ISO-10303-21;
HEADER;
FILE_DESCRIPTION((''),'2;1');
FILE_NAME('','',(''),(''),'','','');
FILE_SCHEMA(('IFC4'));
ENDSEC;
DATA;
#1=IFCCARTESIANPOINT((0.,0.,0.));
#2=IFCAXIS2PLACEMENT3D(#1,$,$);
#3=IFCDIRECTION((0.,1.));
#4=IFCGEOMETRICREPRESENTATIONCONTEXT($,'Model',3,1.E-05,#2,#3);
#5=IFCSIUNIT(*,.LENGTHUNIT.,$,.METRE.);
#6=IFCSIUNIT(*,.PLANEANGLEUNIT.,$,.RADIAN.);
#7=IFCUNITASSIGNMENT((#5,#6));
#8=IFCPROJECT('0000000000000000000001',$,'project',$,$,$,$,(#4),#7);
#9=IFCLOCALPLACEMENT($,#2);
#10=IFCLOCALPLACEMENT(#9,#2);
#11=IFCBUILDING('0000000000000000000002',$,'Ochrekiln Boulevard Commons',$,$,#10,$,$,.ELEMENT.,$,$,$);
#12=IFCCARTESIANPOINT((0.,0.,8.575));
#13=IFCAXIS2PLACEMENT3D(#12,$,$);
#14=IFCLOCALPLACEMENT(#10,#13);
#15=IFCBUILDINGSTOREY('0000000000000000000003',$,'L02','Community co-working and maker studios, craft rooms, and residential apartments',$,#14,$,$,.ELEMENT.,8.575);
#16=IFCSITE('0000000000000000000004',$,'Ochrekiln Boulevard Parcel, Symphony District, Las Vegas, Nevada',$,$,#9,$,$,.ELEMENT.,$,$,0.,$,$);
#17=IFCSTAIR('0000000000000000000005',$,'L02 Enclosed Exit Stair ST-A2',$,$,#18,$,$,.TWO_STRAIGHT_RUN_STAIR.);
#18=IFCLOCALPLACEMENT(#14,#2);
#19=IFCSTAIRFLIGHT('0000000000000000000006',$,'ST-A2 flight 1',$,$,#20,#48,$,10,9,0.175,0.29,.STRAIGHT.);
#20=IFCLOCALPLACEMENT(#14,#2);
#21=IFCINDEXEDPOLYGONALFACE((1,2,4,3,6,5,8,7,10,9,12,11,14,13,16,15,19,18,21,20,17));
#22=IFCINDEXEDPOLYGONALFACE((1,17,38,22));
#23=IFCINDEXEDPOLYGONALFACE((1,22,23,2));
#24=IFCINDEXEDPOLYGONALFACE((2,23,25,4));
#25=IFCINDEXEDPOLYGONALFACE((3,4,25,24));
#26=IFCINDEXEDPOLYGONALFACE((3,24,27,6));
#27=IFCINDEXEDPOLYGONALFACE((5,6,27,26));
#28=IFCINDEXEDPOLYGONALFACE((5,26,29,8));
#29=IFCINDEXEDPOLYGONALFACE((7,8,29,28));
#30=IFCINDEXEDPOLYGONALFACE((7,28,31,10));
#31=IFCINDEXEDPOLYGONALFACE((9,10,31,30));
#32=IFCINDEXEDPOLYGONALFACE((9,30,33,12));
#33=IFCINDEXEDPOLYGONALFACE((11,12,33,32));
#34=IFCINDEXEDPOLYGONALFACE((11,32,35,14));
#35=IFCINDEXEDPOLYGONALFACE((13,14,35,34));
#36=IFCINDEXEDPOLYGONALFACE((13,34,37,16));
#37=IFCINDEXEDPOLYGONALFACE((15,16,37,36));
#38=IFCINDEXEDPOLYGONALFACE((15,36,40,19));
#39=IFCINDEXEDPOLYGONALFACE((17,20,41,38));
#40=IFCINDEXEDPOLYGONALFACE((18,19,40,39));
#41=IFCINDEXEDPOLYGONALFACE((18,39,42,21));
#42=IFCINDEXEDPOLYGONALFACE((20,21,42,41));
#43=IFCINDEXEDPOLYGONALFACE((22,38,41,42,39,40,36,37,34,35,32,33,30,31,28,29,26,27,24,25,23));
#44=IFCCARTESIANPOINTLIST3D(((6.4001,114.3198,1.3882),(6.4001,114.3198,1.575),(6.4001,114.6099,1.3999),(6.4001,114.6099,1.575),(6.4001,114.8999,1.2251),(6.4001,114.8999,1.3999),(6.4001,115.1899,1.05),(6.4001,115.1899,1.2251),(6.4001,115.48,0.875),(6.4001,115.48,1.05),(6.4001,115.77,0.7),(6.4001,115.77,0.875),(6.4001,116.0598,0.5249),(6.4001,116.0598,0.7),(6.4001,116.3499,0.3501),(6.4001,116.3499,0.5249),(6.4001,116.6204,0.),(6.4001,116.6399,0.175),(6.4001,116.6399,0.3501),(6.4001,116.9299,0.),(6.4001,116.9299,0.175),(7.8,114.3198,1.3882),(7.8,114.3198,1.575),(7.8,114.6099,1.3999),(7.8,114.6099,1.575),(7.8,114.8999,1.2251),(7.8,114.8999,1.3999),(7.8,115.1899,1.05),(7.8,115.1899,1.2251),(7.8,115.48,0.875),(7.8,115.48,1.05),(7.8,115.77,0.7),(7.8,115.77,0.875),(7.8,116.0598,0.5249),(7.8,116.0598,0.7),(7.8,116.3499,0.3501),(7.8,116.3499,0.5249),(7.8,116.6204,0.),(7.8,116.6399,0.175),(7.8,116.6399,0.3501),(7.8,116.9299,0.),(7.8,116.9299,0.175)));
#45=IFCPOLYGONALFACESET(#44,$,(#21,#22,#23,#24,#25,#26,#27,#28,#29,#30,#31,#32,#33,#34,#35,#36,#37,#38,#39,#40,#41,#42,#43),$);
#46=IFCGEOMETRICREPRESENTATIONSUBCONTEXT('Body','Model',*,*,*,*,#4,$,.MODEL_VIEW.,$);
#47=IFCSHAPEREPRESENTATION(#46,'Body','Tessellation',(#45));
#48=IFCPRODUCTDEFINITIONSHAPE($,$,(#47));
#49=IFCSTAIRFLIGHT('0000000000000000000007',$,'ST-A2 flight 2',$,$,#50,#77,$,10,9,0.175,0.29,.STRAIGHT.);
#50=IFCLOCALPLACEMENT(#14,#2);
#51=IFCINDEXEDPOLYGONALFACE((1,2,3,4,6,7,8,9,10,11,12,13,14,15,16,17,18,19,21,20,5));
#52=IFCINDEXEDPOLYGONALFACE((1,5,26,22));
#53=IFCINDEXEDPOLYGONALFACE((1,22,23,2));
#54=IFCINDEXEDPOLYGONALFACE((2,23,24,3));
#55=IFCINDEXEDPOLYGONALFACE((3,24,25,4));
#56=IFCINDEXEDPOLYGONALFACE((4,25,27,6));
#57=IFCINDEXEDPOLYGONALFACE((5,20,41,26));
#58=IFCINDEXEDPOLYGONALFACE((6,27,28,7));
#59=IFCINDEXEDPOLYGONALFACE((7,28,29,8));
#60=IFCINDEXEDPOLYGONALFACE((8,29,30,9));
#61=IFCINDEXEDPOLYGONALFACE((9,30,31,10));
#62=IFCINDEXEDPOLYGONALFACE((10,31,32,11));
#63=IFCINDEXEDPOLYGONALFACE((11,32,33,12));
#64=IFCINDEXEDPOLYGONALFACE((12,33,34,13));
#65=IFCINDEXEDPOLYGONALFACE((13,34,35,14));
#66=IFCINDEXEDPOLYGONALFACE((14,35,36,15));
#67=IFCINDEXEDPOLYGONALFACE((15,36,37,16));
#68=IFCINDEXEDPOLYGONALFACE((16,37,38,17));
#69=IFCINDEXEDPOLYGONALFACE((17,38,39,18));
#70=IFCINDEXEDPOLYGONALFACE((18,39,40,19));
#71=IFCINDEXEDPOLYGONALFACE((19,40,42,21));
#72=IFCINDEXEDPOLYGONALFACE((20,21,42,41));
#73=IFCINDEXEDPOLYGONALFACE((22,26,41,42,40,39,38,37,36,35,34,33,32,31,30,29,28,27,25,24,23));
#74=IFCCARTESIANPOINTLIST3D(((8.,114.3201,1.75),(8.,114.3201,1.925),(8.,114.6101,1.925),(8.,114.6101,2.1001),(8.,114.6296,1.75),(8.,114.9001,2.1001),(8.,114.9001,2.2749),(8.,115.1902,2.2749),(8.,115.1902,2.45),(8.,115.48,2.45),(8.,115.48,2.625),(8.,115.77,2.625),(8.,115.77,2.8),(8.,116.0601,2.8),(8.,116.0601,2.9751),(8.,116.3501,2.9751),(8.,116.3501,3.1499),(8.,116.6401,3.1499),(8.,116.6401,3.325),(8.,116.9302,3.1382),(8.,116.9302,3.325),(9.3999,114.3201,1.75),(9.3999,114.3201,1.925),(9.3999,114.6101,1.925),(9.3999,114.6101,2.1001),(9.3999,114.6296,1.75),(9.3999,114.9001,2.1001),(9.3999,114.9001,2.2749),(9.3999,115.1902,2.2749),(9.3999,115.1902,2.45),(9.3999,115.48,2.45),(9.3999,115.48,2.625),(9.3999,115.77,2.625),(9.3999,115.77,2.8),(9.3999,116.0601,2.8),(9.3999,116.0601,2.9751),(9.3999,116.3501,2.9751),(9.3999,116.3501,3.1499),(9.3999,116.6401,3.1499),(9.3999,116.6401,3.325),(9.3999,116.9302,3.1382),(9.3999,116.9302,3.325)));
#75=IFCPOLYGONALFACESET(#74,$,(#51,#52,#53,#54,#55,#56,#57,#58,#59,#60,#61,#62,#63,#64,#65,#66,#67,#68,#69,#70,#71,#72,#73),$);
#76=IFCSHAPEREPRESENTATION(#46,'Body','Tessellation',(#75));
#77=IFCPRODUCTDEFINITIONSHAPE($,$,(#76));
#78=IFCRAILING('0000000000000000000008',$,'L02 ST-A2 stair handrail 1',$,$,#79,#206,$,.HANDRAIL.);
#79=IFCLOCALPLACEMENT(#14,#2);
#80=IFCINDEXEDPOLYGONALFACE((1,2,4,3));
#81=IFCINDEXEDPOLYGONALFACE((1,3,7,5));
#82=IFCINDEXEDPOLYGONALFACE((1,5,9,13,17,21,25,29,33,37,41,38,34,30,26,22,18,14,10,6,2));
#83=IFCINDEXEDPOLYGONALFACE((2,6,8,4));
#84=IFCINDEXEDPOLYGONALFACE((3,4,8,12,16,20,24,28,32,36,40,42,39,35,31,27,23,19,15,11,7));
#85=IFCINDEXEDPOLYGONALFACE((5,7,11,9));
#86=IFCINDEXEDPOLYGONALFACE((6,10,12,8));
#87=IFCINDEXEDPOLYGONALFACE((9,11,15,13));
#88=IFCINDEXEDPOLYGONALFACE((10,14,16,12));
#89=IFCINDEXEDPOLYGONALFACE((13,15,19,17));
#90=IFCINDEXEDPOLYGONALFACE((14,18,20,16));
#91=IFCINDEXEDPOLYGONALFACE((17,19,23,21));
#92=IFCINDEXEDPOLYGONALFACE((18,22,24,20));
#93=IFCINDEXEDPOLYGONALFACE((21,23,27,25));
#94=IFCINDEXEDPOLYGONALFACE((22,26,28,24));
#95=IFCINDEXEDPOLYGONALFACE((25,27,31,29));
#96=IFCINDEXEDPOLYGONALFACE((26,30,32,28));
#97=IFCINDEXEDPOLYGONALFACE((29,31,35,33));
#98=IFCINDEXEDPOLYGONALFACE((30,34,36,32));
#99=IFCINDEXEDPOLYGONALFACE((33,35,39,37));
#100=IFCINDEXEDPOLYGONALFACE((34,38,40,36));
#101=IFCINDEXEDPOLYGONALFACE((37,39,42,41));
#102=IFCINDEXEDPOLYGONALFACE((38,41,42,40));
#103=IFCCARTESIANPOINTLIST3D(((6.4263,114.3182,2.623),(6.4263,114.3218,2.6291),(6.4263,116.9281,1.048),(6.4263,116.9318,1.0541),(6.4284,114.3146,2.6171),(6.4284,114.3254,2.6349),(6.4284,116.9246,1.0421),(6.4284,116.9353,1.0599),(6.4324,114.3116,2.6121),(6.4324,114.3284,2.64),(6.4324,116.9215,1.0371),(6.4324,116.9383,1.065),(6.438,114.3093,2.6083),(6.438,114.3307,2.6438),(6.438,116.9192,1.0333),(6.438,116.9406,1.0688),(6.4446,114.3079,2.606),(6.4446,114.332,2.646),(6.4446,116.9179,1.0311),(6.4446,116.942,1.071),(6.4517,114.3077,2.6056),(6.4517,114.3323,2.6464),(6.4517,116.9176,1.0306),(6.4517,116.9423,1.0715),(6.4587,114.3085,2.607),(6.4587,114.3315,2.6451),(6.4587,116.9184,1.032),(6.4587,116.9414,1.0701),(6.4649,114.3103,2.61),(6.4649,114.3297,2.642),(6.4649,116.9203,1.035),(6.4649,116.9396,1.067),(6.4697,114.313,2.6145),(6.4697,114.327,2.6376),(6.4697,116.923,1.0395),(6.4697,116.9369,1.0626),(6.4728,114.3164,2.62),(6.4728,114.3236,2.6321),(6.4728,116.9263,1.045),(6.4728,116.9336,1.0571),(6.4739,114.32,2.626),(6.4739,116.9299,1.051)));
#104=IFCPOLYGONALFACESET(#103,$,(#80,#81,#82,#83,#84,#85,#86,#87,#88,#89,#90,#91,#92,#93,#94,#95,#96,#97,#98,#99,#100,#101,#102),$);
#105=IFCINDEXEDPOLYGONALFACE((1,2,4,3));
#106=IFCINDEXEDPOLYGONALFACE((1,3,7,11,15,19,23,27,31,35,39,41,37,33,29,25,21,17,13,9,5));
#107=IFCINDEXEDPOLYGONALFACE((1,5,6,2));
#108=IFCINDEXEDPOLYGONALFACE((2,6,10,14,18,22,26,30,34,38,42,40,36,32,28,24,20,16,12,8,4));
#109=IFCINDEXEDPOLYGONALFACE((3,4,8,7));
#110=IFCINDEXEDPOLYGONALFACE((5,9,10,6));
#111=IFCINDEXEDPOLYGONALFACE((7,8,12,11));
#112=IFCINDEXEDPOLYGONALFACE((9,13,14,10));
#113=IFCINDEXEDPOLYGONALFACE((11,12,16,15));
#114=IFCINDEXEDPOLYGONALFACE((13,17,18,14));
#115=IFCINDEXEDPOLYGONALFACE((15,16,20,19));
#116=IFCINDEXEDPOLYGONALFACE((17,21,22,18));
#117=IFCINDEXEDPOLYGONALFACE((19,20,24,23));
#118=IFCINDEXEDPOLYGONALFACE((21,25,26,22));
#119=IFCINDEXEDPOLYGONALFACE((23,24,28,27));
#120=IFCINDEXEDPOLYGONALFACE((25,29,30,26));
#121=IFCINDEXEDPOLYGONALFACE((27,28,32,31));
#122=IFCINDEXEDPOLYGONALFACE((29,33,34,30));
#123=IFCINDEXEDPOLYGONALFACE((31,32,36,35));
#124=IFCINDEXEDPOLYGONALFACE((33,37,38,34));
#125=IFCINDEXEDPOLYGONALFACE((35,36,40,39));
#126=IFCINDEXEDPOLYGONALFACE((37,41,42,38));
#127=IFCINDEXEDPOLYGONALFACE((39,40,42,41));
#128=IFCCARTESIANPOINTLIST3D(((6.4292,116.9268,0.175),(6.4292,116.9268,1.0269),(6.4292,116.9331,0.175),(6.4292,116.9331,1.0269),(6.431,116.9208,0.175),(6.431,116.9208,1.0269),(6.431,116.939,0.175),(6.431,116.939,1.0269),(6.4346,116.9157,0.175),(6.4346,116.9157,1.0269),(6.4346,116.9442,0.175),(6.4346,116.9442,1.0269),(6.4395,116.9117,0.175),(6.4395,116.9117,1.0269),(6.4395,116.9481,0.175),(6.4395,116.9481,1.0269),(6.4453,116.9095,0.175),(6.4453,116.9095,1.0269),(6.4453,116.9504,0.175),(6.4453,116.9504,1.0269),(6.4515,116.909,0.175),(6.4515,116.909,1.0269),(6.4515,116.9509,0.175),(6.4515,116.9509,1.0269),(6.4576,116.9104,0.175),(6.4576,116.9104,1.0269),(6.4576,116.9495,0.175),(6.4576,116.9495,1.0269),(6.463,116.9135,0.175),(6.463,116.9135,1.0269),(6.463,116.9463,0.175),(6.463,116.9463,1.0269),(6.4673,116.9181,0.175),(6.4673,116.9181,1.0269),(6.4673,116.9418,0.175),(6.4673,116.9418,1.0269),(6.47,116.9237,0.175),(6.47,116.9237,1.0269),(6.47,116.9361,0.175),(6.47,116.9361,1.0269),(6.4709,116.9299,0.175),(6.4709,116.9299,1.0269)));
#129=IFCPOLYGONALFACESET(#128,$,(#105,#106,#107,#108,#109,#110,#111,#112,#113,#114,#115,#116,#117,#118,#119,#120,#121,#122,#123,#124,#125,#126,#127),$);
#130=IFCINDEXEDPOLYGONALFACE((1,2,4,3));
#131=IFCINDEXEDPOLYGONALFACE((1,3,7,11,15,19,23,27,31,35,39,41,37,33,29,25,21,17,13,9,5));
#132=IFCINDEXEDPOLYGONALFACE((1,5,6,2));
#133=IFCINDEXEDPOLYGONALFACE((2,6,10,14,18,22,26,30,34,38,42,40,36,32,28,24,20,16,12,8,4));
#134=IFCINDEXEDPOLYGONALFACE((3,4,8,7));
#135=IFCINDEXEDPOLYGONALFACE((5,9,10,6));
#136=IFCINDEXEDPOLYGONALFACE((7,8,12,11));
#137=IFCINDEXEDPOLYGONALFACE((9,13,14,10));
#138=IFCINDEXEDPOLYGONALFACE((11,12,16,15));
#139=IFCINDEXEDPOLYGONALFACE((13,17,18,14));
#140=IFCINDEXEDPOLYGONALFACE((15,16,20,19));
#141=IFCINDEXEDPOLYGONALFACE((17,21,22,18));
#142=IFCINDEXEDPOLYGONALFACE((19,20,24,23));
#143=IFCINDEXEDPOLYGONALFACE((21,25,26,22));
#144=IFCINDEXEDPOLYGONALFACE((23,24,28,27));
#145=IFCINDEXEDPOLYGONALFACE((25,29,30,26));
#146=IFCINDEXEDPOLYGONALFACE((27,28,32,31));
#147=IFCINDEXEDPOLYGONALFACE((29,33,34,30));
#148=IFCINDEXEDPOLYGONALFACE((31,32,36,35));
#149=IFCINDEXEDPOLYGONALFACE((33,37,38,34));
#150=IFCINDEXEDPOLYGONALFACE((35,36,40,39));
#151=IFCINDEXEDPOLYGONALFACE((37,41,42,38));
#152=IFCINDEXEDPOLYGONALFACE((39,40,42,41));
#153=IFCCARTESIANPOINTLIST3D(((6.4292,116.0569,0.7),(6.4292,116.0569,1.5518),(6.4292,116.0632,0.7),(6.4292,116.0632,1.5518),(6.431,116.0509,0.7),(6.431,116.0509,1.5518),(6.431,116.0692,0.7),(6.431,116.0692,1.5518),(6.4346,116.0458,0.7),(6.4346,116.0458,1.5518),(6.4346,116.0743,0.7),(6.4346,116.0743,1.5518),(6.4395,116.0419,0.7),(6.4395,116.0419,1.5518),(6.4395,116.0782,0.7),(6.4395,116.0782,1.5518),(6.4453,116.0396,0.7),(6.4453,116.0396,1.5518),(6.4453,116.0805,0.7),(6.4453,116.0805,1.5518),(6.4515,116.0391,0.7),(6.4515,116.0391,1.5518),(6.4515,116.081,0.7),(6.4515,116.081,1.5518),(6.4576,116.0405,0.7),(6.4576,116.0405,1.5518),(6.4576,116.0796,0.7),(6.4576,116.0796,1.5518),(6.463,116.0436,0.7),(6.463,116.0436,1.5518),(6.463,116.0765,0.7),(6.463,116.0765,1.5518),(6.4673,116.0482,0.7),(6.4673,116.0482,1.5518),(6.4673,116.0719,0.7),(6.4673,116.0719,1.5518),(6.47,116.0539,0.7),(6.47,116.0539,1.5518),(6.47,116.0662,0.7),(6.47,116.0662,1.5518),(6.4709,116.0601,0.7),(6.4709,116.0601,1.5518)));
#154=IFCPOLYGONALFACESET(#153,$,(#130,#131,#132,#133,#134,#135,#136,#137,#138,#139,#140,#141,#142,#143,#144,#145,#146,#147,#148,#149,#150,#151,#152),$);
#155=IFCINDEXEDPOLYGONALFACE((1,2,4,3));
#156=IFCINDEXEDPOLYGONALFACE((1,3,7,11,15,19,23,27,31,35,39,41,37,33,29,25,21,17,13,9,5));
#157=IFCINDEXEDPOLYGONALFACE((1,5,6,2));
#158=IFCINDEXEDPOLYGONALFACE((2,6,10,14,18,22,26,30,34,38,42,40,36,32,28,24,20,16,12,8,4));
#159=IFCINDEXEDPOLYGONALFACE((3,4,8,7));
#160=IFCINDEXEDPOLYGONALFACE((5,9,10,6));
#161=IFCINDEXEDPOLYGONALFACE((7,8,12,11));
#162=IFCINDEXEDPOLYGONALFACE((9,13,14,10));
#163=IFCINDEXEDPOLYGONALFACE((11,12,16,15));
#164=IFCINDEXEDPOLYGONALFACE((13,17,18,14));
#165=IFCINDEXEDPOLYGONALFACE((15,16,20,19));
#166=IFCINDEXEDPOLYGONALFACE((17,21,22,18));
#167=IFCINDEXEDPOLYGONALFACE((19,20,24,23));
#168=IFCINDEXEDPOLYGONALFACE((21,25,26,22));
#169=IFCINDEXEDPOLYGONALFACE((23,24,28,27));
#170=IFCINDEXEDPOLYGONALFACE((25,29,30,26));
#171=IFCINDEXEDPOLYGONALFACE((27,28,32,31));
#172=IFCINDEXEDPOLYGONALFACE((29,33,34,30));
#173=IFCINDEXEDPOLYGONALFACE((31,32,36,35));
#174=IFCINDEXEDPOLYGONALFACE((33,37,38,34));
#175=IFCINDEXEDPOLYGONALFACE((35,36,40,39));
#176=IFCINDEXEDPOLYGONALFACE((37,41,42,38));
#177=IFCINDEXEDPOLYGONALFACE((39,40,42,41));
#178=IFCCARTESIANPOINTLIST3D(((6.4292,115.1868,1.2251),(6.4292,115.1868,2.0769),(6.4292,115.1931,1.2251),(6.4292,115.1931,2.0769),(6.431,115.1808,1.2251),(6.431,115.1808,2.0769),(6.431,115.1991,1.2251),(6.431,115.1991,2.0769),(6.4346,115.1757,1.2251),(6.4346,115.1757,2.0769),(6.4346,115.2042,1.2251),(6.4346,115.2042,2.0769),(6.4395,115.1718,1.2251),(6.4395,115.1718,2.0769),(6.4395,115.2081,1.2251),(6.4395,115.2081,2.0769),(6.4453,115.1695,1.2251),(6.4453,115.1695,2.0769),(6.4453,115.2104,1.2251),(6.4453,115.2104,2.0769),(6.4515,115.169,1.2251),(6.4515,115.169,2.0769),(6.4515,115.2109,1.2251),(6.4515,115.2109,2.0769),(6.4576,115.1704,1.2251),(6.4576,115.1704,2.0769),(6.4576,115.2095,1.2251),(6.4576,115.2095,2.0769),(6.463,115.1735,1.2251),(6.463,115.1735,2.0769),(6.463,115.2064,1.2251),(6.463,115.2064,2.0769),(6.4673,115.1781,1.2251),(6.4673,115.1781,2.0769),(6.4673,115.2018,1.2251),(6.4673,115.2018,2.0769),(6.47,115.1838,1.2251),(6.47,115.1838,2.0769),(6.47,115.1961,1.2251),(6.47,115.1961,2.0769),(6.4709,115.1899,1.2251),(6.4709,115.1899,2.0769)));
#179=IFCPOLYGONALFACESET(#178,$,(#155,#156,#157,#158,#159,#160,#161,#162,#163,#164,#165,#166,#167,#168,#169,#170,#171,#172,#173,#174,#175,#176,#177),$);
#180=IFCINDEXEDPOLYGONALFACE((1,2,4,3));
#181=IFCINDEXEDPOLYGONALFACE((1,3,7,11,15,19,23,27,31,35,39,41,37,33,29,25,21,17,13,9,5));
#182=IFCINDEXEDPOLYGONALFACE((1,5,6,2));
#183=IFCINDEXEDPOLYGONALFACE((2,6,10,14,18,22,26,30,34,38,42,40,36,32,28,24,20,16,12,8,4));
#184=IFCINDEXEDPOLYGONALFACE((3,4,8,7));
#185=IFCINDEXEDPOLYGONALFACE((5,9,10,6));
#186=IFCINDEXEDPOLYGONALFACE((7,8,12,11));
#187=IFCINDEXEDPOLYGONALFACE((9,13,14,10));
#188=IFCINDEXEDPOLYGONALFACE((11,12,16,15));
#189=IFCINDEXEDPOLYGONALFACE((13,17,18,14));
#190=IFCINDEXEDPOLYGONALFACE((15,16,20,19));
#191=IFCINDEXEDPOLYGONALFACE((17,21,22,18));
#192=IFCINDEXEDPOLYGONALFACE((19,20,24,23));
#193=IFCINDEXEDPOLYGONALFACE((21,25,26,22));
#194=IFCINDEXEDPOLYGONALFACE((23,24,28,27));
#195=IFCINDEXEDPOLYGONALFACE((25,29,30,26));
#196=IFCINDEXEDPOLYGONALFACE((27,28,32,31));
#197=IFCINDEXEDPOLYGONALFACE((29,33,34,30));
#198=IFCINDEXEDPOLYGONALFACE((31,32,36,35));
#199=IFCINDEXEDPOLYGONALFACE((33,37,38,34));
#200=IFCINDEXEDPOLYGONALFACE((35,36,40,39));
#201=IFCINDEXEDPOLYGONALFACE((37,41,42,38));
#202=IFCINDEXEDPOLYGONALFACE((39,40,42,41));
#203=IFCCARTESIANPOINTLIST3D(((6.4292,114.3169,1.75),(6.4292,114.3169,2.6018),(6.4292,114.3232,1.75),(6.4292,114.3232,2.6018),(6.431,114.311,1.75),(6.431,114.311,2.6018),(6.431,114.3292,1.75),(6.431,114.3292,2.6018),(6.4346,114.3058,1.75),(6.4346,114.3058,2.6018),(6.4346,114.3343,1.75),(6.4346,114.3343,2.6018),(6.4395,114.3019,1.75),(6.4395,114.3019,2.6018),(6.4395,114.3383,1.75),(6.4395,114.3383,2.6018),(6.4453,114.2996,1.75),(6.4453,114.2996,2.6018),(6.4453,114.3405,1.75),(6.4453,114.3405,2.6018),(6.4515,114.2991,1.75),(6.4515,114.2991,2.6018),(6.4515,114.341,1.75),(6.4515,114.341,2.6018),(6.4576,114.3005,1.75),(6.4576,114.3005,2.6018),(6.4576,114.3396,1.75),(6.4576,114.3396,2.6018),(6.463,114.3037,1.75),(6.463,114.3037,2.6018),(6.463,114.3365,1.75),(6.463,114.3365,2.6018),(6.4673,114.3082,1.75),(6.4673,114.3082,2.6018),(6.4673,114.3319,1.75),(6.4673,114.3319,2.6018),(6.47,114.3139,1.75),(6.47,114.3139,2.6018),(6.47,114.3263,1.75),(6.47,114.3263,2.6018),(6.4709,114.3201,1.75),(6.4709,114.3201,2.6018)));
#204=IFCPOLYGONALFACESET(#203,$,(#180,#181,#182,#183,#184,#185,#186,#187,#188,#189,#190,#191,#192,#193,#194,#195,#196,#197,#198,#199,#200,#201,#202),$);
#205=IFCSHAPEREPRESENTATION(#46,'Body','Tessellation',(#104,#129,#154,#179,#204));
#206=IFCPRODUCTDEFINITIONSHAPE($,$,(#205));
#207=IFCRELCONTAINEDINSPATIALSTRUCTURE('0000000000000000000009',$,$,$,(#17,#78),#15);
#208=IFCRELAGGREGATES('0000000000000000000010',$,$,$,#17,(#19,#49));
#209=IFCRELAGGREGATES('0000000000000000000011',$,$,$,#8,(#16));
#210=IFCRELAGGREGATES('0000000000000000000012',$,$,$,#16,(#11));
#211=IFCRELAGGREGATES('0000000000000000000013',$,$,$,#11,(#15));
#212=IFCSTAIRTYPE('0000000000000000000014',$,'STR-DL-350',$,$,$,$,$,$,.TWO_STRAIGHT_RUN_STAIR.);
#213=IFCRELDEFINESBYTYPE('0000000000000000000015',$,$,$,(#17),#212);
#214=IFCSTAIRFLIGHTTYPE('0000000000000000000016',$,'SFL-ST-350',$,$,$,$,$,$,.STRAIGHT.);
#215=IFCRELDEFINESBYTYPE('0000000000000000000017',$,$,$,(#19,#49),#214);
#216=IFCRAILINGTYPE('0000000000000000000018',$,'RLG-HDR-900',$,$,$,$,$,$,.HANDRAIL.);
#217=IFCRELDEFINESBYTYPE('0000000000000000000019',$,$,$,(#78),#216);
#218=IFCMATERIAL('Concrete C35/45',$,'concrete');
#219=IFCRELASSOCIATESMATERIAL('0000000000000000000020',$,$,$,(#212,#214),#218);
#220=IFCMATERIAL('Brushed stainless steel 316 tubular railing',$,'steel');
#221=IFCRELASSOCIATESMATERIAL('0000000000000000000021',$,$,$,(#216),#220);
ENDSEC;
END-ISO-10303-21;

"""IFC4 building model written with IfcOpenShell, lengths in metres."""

from ifc_helpers import new_model, si_unit, direction, frame, origin, origin_2d, place, context, subcontext, project, spatial, polyline, circle, outline, extrude, material, type_object, element, aggregate, save


model = new_model("IFC4")

# Units and contexts
model_context = context("Model", 3, precision=1e-05, world=origin(), true_north=direction((0.0, 1.0)))
body_context = subcontext(model_context, "Body", "Model", "MODEL_VIEW")
ifc_project = project(units=[si_unit("LENGTHUNIT", "METRE"), si_unit("PLANEANGLEUNIT", "RADIAN")], contexts=[model_context])

# Site, building, storey
site_placement = place(None, origin())
site = spatial("IfcSite", under=ifc_project, at=site_placement, Name="Ochrekiln Boulevard Parcel, Symphony District, Las Vegas, Nevada", CompositionType="ELEMENT", RefElevation=0.0)
building_placement = place(site_placement, origin())
building = spatial("IfcBuilding", under=site, at=building_placement, Name="Ochrekiln Boulevard Commons", CompositionType="ELEMENT")
storey_placement = place(building_placement, frame((0.0, 0.0, 8.575)))
storey = spatial("IfcBuildingStorey", under=building, at=storey_placement, Name="L02", Description="Community co-working and maker studios, craft rooms, and residential apartments", CompositionType="ELEMENT", Elevation=8.575)

# Shared definitions
ifc_material_1 = material(Name="Concrete C35/45", Category="concrete")

# Stair, stair flights
stair_type = type_object("IfcStairType", Name="STR-DL-350", PredefinedType="TWO_STRAIGHT_RUN_STAIR", material=ifc_material_1)
stair_placement = place(storey_placement, origin())
stair = element("IfcStair", 1, at=stair_placement, inside=storey, type_object=stair_type, Name="L02 Enclosed Exit Stair ST-A2", PredefinedType="TWO_STRAIGHT_RUN_STAIR")
stair_flight_type = type_object("IfcStairFlightType", Name="SFL-ST-350", PredefinedType="STRAIGHT", material=ifc_material_1)
stair_flight_1_placement = place(storey_placement, frame((7.1001, 116.9299, 0.0), z_axis=(0.0, 0.0, 1.0), x_axis=(0.0, -1.0, 0.0)))
stair_flight_1 = element("IfcStairFlight", 2, at=stair_flight_1_placement, type_object=stair_flight_type, Name="ST-A2 flight 1", NumberOfRisers=10, NumberOfTreads=9, PredefinedType="STRAIGHT", RiserHeight=0.175, TreadLength=0.29, context=body_context, shape_type="SweptSolid", body=[
    extrude(outline(polyline([(0.0, 0.0), (0.0, 0.175), (0.29, 0.175), (0.29, 0.3501), (0.5801, 0.3501), (0.5801, 0.5249), (0.8701, 0.5249), (0.8701, 0.7), (1.1599, 0.7), (1.1599, 0.875), (1.45, 0.875), (1.45, 1.05), (1.74, 1.05), (1.74, 1.2251), (2.03, 1.2251), (2.03, 1.3999), (2.3201, 1.3999), (2.3201, 1.575), (2.6101, 1.575), (2.6101, 1.75), (2.6101, 1.3882), (0.3096, 0.0), (0.0, 0.0)])), frame((0.0, 0.7, 0.0), z_axis=(0.0, -1.0, 0.0), x_axis=(1.0, 0.0, 0.0)), (0.0, 0.0, 1.0), 1.3999),
])
stair_flight_2_placement = place(storey_placement, frame((8.7, 114.3201, 1.75), z_axis=(0.0, 0.0, 1.0), x_axis=(0.0, 1.0, 0.0)))
stair_flight_2 = element("IfcStairFlight", 3, at=stair_flight_2_placement, type_object=stair_flight_type, Name="ST-A2 flight 2", NumberOfRisers=10, NumberOfTreads=9, PredefinedType="STRAIGHT", RiserHeight=0.175, TreadLength=0.29, context=body_context, shape_type="SweptSolid", body=[
    extrude(outline(polyline([(0.0, 0.0), (0.0, 0.175), (0.29, 0.175), (0.29, 0.3501), (0.5801, 0.3501), (0.5801, 0.5249), (0.8701, 0.5249), (0.8701, 0.7), (1.1599, 0.7), (1.1599, 0.875), (1.45, 0.875), (1.45, 1.05), (1.74, 1.05), (1.74, 1.2251), (2.03, 1.2251), (2.03, 1.3999), (2.3201, 1.3999), (2.3201, 1.575), (2.6101, 1.575), (2.6101, 1.75), (2.6101, 1.3882), (0.3096, 0.0), (0.0, 0.0)])), frame((0.0, 0.7, 0.0), z_axis=(0.0, -1.0, 0.0), x_axis=(1.0, 0.0, 0.0)), (0.0, 0.0, 1.0), 1.3999),
])
aggregate(stair, [stair_flight_1, stair_flight_2])

# Railing
ifc_material_2 = material(Name="Brushed stainless steel 316 tubular railing", Category="steel")
railing_type_1 = type_object("IfcRailingType", Name="RLG-HDR-900", PredefinedType="HANDRAIL", material=ifc_material_2)
railing_1_placement = place(storey_placement, frame((6.45, 116.9299, 0.175)))
element("IfcRailing", 4, at=railing_1_placement, inside=storey, type_object=railing_type_1, Name="L02 ST-A2 stair handrail 1", PredefinedType="HANDRAIL", context=body_context, shape_type="SweptSolid", body=[
    extrude(circle(Radius=0.0239, at=origin_2d()), frame((0.0, 0.0, 0.876), z_axis=(0.0, -0.856183, 0.516673), x_axis=(1.0, 0.0, 0.0)), (0.0, 0.0, 1.0), 3.0483),
    extrude(circle(Radius=0.021, at=origin_2d()), origin(), (0.0, 0.0, 1.0), 0.8518),
    extrude(circle(Radius=0.021, at=origin_2d()), frame((0.0, -0.8699, 0.5249)), (0.0, 0.0, 1.0), 0.8518),
    extrude(circle(Radius=0.021, at=origin_2d()), frame((0.0, -1.74, 1.05)), (0.0, 0.0, 1.0), 0.8518),
    extrude(circle(Radius=0.021, at=origin_2d()), frame((0.0, -2.6099, 1.575)), (0.0, 0.0, 1.0), 0.8518),
])

save(model, "model.ifc")
